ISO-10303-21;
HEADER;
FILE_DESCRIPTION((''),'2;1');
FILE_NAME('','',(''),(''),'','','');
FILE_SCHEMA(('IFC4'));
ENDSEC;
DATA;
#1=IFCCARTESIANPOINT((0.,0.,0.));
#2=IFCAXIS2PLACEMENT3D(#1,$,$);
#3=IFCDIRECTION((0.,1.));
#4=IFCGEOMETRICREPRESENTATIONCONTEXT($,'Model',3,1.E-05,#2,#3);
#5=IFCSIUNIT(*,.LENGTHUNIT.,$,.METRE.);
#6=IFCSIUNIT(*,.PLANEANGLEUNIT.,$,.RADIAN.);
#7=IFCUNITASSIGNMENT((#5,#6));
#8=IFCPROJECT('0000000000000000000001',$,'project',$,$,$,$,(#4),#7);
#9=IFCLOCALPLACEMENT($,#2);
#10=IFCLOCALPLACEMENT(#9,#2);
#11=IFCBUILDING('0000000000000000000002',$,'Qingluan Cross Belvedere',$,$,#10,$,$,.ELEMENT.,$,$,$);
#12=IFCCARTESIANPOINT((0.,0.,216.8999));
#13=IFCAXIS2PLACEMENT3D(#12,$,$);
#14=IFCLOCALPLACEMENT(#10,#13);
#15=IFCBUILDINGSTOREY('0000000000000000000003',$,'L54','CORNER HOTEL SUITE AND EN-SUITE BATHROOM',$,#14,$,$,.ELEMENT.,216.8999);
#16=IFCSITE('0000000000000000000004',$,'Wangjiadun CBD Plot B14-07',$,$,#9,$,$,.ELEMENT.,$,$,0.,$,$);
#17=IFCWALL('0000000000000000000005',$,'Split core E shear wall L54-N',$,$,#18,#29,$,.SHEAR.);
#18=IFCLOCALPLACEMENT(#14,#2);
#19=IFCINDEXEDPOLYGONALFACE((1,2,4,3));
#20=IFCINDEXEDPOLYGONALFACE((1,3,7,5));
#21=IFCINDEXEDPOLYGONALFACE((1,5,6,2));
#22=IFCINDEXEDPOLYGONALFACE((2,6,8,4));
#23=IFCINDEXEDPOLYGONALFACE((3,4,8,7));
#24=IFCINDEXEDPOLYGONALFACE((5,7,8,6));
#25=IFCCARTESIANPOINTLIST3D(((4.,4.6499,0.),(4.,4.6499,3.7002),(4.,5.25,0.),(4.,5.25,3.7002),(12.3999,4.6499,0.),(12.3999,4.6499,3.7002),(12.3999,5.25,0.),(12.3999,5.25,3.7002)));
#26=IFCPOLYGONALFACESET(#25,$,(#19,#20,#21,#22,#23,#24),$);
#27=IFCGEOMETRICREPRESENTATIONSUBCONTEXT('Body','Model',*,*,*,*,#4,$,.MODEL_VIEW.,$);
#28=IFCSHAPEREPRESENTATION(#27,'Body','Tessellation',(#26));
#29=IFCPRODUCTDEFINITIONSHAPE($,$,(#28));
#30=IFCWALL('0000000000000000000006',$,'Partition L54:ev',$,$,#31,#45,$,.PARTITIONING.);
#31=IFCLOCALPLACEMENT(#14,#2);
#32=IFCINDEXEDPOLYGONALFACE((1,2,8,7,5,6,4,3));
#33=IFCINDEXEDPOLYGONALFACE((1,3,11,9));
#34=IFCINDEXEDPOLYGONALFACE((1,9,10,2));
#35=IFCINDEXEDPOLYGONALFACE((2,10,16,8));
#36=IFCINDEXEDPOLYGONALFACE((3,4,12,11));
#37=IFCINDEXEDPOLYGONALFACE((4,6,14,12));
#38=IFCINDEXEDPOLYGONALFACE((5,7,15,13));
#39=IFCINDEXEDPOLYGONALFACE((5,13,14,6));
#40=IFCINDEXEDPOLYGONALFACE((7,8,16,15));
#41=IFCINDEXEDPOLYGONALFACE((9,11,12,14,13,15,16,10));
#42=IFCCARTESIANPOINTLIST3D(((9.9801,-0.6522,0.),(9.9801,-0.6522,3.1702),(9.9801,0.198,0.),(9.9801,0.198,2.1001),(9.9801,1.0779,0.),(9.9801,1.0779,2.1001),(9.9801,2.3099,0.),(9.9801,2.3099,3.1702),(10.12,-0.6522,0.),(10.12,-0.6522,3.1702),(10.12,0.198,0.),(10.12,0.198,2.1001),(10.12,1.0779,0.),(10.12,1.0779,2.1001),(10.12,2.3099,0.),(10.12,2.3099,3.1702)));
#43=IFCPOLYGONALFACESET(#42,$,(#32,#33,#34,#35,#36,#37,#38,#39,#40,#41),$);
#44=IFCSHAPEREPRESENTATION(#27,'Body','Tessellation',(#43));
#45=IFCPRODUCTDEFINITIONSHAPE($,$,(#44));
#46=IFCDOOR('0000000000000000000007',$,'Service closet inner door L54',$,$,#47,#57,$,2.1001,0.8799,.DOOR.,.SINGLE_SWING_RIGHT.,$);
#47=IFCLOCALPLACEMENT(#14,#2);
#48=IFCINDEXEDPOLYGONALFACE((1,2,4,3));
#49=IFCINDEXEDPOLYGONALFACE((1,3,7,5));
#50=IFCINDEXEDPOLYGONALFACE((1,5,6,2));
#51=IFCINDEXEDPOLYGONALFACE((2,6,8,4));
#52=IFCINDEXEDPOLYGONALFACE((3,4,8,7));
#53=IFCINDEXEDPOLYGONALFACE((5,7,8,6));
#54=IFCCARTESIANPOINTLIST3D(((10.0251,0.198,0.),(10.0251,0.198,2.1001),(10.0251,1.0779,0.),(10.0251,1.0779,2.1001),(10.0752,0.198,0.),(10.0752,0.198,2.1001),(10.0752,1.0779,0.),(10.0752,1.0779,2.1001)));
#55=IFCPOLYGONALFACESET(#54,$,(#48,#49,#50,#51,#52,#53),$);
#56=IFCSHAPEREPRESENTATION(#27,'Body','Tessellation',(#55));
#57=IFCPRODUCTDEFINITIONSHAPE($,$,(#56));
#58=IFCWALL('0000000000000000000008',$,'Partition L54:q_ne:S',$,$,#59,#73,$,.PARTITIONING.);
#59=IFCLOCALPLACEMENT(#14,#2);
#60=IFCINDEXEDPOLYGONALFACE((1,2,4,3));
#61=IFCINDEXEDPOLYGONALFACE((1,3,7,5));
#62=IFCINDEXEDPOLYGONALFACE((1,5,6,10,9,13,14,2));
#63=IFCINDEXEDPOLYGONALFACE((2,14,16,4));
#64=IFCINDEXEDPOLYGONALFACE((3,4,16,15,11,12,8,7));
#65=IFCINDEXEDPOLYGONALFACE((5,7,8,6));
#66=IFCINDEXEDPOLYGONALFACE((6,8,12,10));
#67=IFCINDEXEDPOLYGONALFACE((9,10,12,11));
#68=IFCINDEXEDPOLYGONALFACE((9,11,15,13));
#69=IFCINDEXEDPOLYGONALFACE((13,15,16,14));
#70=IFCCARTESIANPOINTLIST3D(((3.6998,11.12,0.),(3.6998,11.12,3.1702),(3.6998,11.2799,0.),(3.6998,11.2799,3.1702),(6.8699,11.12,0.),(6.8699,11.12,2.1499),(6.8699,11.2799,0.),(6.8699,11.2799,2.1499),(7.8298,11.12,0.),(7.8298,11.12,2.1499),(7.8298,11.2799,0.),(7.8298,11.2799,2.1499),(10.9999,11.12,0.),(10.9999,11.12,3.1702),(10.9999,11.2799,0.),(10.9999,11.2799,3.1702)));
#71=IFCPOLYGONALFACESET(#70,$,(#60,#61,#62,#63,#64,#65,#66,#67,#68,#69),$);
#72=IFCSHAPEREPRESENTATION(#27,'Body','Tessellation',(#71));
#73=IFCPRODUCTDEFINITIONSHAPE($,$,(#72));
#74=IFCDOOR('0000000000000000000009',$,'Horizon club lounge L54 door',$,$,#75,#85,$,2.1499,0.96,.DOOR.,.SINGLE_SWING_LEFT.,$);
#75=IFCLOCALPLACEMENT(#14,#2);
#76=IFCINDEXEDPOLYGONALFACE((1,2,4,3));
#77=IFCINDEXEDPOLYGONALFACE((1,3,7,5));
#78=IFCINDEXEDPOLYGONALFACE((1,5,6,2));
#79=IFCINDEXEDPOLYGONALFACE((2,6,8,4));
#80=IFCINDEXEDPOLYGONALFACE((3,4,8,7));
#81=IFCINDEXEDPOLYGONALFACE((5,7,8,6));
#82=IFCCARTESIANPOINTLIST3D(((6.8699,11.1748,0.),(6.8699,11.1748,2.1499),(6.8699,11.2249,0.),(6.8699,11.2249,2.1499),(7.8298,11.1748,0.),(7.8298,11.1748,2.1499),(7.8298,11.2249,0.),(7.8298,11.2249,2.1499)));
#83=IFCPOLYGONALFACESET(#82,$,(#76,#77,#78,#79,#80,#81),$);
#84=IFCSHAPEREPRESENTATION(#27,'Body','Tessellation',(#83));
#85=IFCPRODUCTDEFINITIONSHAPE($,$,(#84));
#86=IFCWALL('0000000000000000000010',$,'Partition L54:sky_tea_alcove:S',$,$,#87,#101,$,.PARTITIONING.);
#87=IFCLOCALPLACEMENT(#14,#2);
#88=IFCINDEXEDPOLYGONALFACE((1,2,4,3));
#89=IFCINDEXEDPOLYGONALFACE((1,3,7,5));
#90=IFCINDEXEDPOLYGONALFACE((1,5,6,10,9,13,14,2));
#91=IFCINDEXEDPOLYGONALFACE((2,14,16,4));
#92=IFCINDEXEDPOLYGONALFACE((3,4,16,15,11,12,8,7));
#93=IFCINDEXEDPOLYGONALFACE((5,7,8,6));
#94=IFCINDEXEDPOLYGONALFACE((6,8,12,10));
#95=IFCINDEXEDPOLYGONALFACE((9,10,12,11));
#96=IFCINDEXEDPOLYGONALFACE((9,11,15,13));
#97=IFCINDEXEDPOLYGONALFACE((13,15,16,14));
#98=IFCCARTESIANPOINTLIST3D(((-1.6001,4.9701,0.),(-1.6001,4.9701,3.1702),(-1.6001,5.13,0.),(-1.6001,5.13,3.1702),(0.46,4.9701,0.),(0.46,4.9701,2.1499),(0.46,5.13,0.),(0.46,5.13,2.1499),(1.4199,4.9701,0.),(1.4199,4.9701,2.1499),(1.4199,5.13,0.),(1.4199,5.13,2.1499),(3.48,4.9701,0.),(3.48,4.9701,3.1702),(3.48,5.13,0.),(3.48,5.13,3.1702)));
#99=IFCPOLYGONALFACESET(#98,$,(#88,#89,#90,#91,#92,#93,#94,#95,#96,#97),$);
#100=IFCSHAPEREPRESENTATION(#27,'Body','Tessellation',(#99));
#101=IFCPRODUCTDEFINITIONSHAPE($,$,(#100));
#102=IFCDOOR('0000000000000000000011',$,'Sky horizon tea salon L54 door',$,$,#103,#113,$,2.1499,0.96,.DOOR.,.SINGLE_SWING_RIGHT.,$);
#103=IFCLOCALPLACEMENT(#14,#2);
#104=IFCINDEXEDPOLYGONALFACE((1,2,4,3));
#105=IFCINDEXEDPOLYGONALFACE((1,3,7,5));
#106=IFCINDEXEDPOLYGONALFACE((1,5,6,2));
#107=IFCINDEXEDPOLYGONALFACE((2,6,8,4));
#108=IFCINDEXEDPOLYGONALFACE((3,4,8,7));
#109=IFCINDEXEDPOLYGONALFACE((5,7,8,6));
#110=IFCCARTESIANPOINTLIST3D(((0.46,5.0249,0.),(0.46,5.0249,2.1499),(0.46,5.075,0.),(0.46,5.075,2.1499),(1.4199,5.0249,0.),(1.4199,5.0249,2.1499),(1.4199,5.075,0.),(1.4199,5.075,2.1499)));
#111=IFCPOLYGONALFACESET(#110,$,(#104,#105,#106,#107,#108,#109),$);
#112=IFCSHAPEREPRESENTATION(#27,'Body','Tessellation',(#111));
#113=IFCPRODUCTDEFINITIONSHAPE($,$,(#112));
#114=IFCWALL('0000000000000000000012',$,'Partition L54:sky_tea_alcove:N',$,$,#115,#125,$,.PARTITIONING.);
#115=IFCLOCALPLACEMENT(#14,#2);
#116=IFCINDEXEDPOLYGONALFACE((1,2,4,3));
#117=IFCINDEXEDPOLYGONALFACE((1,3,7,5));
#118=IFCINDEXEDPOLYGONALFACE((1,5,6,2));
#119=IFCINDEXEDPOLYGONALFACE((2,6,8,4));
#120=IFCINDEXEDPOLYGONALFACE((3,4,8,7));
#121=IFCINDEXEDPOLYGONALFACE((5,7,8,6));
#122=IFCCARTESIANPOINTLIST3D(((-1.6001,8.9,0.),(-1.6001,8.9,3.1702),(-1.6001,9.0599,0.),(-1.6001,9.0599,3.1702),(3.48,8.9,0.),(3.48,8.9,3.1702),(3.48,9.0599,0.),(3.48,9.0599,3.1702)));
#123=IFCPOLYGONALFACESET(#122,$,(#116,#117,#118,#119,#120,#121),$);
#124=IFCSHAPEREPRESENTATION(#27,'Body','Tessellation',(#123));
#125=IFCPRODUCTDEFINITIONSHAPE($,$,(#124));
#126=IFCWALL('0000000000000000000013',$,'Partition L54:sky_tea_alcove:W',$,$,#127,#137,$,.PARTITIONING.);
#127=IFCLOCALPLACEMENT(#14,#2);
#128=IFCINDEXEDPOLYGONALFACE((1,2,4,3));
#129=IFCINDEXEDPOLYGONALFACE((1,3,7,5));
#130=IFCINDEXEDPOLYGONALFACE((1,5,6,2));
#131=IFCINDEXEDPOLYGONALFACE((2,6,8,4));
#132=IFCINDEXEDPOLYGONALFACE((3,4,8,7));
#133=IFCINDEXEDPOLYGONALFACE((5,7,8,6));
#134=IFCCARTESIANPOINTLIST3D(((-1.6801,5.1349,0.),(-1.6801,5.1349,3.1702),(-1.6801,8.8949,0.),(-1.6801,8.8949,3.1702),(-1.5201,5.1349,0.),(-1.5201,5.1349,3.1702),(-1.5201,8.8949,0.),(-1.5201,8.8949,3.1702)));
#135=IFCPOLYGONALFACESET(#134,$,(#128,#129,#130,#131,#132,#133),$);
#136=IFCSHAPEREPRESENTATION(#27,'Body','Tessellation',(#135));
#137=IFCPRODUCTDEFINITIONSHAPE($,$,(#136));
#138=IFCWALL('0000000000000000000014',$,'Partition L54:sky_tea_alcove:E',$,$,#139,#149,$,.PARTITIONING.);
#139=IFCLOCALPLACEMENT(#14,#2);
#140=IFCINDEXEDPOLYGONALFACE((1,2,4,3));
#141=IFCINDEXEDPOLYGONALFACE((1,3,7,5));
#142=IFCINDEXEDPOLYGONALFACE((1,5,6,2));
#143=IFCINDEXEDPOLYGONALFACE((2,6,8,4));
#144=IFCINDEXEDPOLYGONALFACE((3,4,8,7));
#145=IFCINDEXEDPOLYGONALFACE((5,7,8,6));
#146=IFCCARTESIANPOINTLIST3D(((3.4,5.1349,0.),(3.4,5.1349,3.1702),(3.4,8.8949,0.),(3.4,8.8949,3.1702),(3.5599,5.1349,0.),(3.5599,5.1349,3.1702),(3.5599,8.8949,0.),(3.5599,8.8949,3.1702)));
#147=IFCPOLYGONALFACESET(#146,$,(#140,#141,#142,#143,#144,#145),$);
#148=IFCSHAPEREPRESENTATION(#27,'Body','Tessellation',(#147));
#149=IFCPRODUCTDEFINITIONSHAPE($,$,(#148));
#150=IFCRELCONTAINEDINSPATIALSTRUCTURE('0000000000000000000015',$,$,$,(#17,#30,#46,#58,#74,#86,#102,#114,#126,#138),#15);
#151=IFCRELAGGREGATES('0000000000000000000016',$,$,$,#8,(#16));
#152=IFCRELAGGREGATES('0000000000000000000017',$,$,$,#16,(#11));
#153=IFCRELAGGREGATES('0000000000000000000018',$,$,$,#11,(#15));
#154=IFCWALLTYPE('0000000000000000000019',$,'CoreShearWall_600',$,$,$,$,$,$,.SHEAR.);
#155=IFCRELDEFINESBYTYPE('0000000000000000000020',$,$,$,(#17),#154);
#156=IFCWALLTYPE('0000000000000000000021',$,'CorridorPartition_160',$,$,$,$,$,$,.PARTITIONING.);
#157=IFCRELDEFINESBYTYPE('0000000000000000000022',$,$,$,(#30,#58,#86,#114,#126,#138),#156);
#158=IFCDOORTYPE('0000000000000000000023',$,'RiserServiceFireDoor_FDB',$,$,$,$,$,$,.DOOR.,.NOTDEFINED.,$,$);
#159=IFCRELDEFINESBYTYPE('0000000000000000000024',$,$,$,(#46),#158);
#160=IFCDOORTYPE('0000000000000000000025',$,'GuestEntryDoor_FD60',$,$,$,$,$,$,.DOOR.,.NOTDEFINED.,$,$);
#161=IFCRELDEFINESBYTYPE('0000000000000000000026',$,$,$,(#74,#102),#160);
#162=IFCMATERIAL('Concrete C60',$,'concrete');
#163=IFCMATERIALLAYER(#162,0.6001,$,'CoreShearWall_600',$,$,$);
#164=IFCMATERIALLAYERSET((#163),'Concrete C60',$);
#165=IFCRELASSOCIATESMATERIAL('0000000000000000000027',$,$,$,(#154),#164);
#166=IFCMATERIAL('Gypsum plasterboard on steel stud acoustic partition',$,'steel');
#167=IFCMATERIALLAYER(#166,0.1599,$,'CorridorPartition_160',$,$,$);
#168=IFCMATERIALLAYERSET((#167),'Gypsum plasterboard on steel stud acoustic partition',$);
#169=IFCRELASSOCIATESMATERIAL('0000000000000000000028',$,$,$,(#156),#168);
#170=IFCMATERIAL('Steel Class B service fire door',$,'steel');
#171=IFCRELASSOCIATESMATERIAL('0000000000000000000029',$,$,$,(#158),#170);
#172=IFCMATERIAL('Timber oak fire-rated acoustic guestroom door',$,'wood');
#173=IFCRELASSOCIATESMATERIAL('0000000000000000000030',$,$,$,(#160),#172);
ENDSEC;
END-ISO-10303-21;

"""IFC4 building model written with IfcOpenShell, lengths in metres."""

from ifc_helpers import new_model, si_unit, direction, frame, frame_2d, origin, place, context, subcontext, project, spatial, rectangle, extrude, material, layer, layer_set, type_object, element, fill, save


model = new_model("IFC4")

# Units and contexts
model_context = context("Model", 3, precision=1e-05, world=origin(), true_north=direction((0.0, 1.0)))
body_context = subcontext(model_context, "Body", "Model", "MODEL_VIEW")
ifc_project = project(units=[si_unit("LENGTHUNIT", "METRE"), si_unit("PLANEANGLEUNIT", "RADIAN")], contexts=[model_context])

# Site, building, storey
site_placement = place(None, origin())
site = spatial("IfcSite", under=ifc_project, at=site_placement, Name="Wangjiadun CBD Plot B14-07", CompositionType="ELEMENT", RefElevation=0.0)
building_placement = place(site_placement, origin())
building = spatial("IfcBuilding", under=site, at=building_placement, Name="Qingluan Cross Belvedere", CompositionType="ELEMENT")
storey_placement = place(building_placement, frame((0.0, 0.0, 216.8999)))
storey = spatial("IfcBuildingStorey", under=building, at=storey_placement, Name="L54", Description="CORNER HOTEL SUITE AND EN-SUITE BATHROOM", CompositionType="ELEMENT", Elevation=216.8999)

# Wall
ifc_material_1 = material(Name="Concrete C60", Category="concrete")
ifc_layer_1 = layer(ifc_material_1, 0.6001, Name="CoreShearWall_600")
ifc_layer_set_1 = layer_set([ifc_layer_1], Name="Concrete C60")
wall_type_1 = type_object("IfcWallType", Name="CoreShearWall_600", PredefinedType="SHEAR", material=ifc_layer_set_1)
wall_1_placement = place(storey_placement, frame((4.0, 4.95, 0.0), z_axis=(0.0, 0.0, 1.0), x_axis=(1.0, 0.0, 0.0)))
element("IfcWall", 1, at=wall_1_placement, inside=storey, type_object=wall_type_1, Name="Split core E shear wall L54-N", PredefinedType="SHEAR", context=body_context, shape_type="SweptSolid", body=[
    extrude(rectangle(XDim=8.3999, YDim=0.6001, at=frame_2d((4.2, 0.0))), origin(), (0.0, 0.0, 1.0), 3.7002),
])

# Walls, openings, doors
ifc_material_2 = material(Name="Gypsum plasterboard on steel stud acoustic partition", Category="steel")
ifc_layer_2 = layer(ifc_material_2, 0.1599, Name="CorridorPartition_160")
ifc_layer_set_2 = layer_set([ifc_layer_2], Name="Gypsum plasterboard on steel stud acoustic partition")
wall_type_2 = type_object("IfcWallType", Name="CorridorPartition_160", PredefinedType="PARTITIONING", material=ifc_layer_set_2)
wall_2_placement = place(storey_placement, frame((10.05, -0.6521, 0.0), z_axis=(0.0, 0.0, 1.0), x_axis=(0.0, 1.0, 0.0)))
wall_2 = element("IfcWall", 2, at=wall_2_placement, inside=storey, type_object=wall_type_2, Name="Partition L54:ev", PredefinedType="PARTITIONING", context=body_context, shape_type="SweptSolid", body=[
    extrude(rectangle(XDim=2.9622, YDim=0.1399, at=frame_2d((1.481, 0.0))), origin(), (0.0, 0.0, 1.0), 3.1702),
])
opening_1_placement = place(wall_2_placement, frame((0.8501, 0.0, 0.0)))
opening_1 = element("IfcOpeningElement", 3, at=opening_1_placement, cuts=wall_2, PredefinedType="OPENING", context=body_context, shape_type="SweptSolid", body=[
    extrude(rectangle(XDim=0.8799, YDim=2.1001, at=frame_2d((0.4399, 1.05))), frame((0.0, 0.0798, 0.0), z_axis=(0.0, -1.0, 0.0), x_axis=(1.0, 0.0, 0.0)), (0.0, 0.0, 1.0), 0.1599),
])
ifc_material_3 = material(Name="Steel Class B service fire door", Category="steel")
door_type_1 = type_object("IfcDoorType", Name="RiserServiceFireDoor_FDB", OperationType="NOTDEFINED", PredefinedType="DOOR", material=ifc_material_3)
door_1_placement = place(opening_1_placement, origin())
door_1 = element("IfcDoor", 4, at=door_1_placement, inside=storey, type_object=door_type_1, Name="Service closet inner door L54", OperationType="SINGLE_SWING_RIGHT", OverallHeight=2.1001, OverallWidth=0.8799, PredefinedType="DOOR", context=body_context, shape_type="SweptSolid", body=[
    extrude(rectangle(XDim=0.8799, YDim=2.1001, at=frame_2d((0.4399, 1.05))), frame((0.0, 0.0249, 0.0), z_axis=(0.0, -1.0, 0.0), x_axis=(1.0, 0.0, 0.0)), (0.0, 0.0, 1.0), 0.05),
])
fill(opening_1, door_1)
wall_3_placement = place(storey_placement, frame((3.7, 11.2, 0.0), z_axis=(0.0, 0.0, 1.0), x_axis=(1.0, 0.0, 0.0)))
wall_3 = element("IfcWall", 5, at=wall_3_placement, inside=storey, type_object=wall_type_2, Name="Partition L54:q_ne:S", PredefinedType="PARTITIONING", context=body_context, shape_type="SweptSolid", body=[
    extrude(rectangle(XDim=7.3, YDim=0.1599, at=frame_2d((3.6499, 0.0))), origin(), (0.0, 0.0, 1.0), 3.1702),
])
opening_2_placement = place(wall_3_placement, frame((3.1699, 0.0, 0.0)))
opening_2 = element("IfcOpeningElement", 6, at=opening_2_placement, cuts=wall_3, PredefinedType="OPENING", context=body_context, shape_type="SweptSolid", body=[
    extrude(rectangle(XDim=0.96, YDim=2.1499, at=frame_2d((0.48, 1.075))), frame((0.0, 0.0898, 0.0), z_axis=(0.0, -1.0, 0.0), x_axis=(1.0, 0.0, 0.0)), (0.0, 0.0, 1.0), 0.1799),
])
ifc_material_4 = material(Name="Timber oak fire-rated acoustic guestroom door", Category="wood")
door_type_2 = type_object("IfcDoorType", Name="GuestEntryDoor_FD60", OperationType="NOTDEFINED", PredefinedType="DOOR", material=ifc_material_4)
door_2_placement = place(opening_2_placement, origin())
door_2 = element("IfcDoor", 7, at=door_2_placement, inside=storey, type_object=door_type_2, Name="Horizon club lounge L54 door", OperationType="SINGLE_SWING_LEFT", OverallHeight=2.1499, OverallWidth=0.96, PredefinedType="DOOR", context=body_context, shape_type="SweptSolid", body=[
    extrude(rectangle(XDim=0.96, YDim=2.1499, at=frame_2d((0.48, 1.075))), frame((0.0, 0.0249, 0.0), z_axis=(0.0, -1.0, 0.0), x_axis=(1.0, 0.0, 0.0)), (0.0, 0.0, 1.0), 0.05),
])
fill(opening_2, door_2)
wall_4_placement = place(storey_placement, frame((-1.6001, 5.05, 0.0), z_axis=(0.0, 0.0, 1.0), x_axis=(1.0, 0.0, 0.0)))
wall_4 = element("IfcWall", 8, at=wall_4_placement, inside=storey, type_object=wall_type_2, Name="Partition L54:sky_tea_alcove:S", PredefinedType="PARTITIONING", context=body_context, shape_type="SweptSolid", body=[
    extrude(rectangle(XDim=5.0801, YDim=0.1599, at=frame_2d((2.54, 0.0))), origin(), (0.0, 0.0, 1.0), 3.1702),
])
opening_3_placement = place(wall_4_placement, frame((2.0601, 0.0, 0.0)))
opening_3 = element("IfcOpeningElement", 9, at=opening_3_placement, cuts=wall_4, PredefinedType="OPENING", context=body_context, shape_type="SweptSolid", body=[
    extrude(rectangle(XDim=0.96, YDim=2.1499, at=frame_2d((0.48, 1.075))), frame((0.0, 0.0898, 0.0), z_axis=(0.0, -1.0, 0.0), x_axis=(1.0, 0.0, 0.0)), (0.0, 0.0, 1.0), 0.1799),
])
door_3_placement = place(opening_3_placement, origin())
door_3 = element("IfcDoor", 10, at=door_3_placement, inside=storey, type_object=door_type_2, Name="Sky horizon tea salon L54 door", OperationType="SINGLE_SWING_RIGHT", OverallHeight=2.1499, OverallWidth=0.96, PredefinedType="DOOR", context=body_context, shape_type="SweptSolid", body=[
    extrude(rectangle(XDim=0.96, YDim=2.1499, at=frame_2d((0.48, 1.075))), frame((0.0, 0.0249, 0.0), z_axis=(0.0, -1.0, 0.0), x_axis=(1.0, 0.0, 0.0)), (0.0, 0.0, 1.0), 0.05),
])
fill(opening_3, door_3)

# Walls
wall_5_placement = place(storey_placement, frame((-1.6001, 8.98, 0.0), z_axis=(0.0, 0.0, 1.0), x_axis=(1.0, 0.0, 0.0)))
element("IfcWall", 11, at=wall_5_placement, inside=storey, type_object=wall_type_2, Name="Partition L54:sky_tea_alcove:N", PredefinedType="PARTITIONING", context=body_context, shape_type="SweptSolid", body=[
    extrude(rectangle(XDim=5.0801, YDim=0.1599, at=frame_2d((2.54, 0.0))), origin(), (0.0, 0.0, 1.0), 3.1702),
])
for number, where, z_axis, x_axis, name in (
    (12, (-1.6001, 5.135, 0.0), (0.0, 0.0, 1.0), (0.0, 1.0, 0.0), "Partition L54:sky_tea_alcove:W"),
    (13, (3.48, 5.135, 0.0), (0.0, 0.0, 1.0), (0.0, 1.0, 0.0), "Partition L54:sky_tea_alcove:E"),
):
    element("IfcWall", number, at=place(storey_placement, frame(where, z_axis=z_axis, x_axis=x_axis)), inside=storey, type_object=wall_type_2, Name=name, PredefinedType="PARTITIONING", context=body_context, shape_type="SweptSolid", body=[
        extrude(rectangle(XDim=3.76, YDim=0.1599, at=frame_2d((1.8799, 0.0))), origin(), (0.0, 0.0, 1.0), 3.1702),
    ])

save(model, "model.ifc")
